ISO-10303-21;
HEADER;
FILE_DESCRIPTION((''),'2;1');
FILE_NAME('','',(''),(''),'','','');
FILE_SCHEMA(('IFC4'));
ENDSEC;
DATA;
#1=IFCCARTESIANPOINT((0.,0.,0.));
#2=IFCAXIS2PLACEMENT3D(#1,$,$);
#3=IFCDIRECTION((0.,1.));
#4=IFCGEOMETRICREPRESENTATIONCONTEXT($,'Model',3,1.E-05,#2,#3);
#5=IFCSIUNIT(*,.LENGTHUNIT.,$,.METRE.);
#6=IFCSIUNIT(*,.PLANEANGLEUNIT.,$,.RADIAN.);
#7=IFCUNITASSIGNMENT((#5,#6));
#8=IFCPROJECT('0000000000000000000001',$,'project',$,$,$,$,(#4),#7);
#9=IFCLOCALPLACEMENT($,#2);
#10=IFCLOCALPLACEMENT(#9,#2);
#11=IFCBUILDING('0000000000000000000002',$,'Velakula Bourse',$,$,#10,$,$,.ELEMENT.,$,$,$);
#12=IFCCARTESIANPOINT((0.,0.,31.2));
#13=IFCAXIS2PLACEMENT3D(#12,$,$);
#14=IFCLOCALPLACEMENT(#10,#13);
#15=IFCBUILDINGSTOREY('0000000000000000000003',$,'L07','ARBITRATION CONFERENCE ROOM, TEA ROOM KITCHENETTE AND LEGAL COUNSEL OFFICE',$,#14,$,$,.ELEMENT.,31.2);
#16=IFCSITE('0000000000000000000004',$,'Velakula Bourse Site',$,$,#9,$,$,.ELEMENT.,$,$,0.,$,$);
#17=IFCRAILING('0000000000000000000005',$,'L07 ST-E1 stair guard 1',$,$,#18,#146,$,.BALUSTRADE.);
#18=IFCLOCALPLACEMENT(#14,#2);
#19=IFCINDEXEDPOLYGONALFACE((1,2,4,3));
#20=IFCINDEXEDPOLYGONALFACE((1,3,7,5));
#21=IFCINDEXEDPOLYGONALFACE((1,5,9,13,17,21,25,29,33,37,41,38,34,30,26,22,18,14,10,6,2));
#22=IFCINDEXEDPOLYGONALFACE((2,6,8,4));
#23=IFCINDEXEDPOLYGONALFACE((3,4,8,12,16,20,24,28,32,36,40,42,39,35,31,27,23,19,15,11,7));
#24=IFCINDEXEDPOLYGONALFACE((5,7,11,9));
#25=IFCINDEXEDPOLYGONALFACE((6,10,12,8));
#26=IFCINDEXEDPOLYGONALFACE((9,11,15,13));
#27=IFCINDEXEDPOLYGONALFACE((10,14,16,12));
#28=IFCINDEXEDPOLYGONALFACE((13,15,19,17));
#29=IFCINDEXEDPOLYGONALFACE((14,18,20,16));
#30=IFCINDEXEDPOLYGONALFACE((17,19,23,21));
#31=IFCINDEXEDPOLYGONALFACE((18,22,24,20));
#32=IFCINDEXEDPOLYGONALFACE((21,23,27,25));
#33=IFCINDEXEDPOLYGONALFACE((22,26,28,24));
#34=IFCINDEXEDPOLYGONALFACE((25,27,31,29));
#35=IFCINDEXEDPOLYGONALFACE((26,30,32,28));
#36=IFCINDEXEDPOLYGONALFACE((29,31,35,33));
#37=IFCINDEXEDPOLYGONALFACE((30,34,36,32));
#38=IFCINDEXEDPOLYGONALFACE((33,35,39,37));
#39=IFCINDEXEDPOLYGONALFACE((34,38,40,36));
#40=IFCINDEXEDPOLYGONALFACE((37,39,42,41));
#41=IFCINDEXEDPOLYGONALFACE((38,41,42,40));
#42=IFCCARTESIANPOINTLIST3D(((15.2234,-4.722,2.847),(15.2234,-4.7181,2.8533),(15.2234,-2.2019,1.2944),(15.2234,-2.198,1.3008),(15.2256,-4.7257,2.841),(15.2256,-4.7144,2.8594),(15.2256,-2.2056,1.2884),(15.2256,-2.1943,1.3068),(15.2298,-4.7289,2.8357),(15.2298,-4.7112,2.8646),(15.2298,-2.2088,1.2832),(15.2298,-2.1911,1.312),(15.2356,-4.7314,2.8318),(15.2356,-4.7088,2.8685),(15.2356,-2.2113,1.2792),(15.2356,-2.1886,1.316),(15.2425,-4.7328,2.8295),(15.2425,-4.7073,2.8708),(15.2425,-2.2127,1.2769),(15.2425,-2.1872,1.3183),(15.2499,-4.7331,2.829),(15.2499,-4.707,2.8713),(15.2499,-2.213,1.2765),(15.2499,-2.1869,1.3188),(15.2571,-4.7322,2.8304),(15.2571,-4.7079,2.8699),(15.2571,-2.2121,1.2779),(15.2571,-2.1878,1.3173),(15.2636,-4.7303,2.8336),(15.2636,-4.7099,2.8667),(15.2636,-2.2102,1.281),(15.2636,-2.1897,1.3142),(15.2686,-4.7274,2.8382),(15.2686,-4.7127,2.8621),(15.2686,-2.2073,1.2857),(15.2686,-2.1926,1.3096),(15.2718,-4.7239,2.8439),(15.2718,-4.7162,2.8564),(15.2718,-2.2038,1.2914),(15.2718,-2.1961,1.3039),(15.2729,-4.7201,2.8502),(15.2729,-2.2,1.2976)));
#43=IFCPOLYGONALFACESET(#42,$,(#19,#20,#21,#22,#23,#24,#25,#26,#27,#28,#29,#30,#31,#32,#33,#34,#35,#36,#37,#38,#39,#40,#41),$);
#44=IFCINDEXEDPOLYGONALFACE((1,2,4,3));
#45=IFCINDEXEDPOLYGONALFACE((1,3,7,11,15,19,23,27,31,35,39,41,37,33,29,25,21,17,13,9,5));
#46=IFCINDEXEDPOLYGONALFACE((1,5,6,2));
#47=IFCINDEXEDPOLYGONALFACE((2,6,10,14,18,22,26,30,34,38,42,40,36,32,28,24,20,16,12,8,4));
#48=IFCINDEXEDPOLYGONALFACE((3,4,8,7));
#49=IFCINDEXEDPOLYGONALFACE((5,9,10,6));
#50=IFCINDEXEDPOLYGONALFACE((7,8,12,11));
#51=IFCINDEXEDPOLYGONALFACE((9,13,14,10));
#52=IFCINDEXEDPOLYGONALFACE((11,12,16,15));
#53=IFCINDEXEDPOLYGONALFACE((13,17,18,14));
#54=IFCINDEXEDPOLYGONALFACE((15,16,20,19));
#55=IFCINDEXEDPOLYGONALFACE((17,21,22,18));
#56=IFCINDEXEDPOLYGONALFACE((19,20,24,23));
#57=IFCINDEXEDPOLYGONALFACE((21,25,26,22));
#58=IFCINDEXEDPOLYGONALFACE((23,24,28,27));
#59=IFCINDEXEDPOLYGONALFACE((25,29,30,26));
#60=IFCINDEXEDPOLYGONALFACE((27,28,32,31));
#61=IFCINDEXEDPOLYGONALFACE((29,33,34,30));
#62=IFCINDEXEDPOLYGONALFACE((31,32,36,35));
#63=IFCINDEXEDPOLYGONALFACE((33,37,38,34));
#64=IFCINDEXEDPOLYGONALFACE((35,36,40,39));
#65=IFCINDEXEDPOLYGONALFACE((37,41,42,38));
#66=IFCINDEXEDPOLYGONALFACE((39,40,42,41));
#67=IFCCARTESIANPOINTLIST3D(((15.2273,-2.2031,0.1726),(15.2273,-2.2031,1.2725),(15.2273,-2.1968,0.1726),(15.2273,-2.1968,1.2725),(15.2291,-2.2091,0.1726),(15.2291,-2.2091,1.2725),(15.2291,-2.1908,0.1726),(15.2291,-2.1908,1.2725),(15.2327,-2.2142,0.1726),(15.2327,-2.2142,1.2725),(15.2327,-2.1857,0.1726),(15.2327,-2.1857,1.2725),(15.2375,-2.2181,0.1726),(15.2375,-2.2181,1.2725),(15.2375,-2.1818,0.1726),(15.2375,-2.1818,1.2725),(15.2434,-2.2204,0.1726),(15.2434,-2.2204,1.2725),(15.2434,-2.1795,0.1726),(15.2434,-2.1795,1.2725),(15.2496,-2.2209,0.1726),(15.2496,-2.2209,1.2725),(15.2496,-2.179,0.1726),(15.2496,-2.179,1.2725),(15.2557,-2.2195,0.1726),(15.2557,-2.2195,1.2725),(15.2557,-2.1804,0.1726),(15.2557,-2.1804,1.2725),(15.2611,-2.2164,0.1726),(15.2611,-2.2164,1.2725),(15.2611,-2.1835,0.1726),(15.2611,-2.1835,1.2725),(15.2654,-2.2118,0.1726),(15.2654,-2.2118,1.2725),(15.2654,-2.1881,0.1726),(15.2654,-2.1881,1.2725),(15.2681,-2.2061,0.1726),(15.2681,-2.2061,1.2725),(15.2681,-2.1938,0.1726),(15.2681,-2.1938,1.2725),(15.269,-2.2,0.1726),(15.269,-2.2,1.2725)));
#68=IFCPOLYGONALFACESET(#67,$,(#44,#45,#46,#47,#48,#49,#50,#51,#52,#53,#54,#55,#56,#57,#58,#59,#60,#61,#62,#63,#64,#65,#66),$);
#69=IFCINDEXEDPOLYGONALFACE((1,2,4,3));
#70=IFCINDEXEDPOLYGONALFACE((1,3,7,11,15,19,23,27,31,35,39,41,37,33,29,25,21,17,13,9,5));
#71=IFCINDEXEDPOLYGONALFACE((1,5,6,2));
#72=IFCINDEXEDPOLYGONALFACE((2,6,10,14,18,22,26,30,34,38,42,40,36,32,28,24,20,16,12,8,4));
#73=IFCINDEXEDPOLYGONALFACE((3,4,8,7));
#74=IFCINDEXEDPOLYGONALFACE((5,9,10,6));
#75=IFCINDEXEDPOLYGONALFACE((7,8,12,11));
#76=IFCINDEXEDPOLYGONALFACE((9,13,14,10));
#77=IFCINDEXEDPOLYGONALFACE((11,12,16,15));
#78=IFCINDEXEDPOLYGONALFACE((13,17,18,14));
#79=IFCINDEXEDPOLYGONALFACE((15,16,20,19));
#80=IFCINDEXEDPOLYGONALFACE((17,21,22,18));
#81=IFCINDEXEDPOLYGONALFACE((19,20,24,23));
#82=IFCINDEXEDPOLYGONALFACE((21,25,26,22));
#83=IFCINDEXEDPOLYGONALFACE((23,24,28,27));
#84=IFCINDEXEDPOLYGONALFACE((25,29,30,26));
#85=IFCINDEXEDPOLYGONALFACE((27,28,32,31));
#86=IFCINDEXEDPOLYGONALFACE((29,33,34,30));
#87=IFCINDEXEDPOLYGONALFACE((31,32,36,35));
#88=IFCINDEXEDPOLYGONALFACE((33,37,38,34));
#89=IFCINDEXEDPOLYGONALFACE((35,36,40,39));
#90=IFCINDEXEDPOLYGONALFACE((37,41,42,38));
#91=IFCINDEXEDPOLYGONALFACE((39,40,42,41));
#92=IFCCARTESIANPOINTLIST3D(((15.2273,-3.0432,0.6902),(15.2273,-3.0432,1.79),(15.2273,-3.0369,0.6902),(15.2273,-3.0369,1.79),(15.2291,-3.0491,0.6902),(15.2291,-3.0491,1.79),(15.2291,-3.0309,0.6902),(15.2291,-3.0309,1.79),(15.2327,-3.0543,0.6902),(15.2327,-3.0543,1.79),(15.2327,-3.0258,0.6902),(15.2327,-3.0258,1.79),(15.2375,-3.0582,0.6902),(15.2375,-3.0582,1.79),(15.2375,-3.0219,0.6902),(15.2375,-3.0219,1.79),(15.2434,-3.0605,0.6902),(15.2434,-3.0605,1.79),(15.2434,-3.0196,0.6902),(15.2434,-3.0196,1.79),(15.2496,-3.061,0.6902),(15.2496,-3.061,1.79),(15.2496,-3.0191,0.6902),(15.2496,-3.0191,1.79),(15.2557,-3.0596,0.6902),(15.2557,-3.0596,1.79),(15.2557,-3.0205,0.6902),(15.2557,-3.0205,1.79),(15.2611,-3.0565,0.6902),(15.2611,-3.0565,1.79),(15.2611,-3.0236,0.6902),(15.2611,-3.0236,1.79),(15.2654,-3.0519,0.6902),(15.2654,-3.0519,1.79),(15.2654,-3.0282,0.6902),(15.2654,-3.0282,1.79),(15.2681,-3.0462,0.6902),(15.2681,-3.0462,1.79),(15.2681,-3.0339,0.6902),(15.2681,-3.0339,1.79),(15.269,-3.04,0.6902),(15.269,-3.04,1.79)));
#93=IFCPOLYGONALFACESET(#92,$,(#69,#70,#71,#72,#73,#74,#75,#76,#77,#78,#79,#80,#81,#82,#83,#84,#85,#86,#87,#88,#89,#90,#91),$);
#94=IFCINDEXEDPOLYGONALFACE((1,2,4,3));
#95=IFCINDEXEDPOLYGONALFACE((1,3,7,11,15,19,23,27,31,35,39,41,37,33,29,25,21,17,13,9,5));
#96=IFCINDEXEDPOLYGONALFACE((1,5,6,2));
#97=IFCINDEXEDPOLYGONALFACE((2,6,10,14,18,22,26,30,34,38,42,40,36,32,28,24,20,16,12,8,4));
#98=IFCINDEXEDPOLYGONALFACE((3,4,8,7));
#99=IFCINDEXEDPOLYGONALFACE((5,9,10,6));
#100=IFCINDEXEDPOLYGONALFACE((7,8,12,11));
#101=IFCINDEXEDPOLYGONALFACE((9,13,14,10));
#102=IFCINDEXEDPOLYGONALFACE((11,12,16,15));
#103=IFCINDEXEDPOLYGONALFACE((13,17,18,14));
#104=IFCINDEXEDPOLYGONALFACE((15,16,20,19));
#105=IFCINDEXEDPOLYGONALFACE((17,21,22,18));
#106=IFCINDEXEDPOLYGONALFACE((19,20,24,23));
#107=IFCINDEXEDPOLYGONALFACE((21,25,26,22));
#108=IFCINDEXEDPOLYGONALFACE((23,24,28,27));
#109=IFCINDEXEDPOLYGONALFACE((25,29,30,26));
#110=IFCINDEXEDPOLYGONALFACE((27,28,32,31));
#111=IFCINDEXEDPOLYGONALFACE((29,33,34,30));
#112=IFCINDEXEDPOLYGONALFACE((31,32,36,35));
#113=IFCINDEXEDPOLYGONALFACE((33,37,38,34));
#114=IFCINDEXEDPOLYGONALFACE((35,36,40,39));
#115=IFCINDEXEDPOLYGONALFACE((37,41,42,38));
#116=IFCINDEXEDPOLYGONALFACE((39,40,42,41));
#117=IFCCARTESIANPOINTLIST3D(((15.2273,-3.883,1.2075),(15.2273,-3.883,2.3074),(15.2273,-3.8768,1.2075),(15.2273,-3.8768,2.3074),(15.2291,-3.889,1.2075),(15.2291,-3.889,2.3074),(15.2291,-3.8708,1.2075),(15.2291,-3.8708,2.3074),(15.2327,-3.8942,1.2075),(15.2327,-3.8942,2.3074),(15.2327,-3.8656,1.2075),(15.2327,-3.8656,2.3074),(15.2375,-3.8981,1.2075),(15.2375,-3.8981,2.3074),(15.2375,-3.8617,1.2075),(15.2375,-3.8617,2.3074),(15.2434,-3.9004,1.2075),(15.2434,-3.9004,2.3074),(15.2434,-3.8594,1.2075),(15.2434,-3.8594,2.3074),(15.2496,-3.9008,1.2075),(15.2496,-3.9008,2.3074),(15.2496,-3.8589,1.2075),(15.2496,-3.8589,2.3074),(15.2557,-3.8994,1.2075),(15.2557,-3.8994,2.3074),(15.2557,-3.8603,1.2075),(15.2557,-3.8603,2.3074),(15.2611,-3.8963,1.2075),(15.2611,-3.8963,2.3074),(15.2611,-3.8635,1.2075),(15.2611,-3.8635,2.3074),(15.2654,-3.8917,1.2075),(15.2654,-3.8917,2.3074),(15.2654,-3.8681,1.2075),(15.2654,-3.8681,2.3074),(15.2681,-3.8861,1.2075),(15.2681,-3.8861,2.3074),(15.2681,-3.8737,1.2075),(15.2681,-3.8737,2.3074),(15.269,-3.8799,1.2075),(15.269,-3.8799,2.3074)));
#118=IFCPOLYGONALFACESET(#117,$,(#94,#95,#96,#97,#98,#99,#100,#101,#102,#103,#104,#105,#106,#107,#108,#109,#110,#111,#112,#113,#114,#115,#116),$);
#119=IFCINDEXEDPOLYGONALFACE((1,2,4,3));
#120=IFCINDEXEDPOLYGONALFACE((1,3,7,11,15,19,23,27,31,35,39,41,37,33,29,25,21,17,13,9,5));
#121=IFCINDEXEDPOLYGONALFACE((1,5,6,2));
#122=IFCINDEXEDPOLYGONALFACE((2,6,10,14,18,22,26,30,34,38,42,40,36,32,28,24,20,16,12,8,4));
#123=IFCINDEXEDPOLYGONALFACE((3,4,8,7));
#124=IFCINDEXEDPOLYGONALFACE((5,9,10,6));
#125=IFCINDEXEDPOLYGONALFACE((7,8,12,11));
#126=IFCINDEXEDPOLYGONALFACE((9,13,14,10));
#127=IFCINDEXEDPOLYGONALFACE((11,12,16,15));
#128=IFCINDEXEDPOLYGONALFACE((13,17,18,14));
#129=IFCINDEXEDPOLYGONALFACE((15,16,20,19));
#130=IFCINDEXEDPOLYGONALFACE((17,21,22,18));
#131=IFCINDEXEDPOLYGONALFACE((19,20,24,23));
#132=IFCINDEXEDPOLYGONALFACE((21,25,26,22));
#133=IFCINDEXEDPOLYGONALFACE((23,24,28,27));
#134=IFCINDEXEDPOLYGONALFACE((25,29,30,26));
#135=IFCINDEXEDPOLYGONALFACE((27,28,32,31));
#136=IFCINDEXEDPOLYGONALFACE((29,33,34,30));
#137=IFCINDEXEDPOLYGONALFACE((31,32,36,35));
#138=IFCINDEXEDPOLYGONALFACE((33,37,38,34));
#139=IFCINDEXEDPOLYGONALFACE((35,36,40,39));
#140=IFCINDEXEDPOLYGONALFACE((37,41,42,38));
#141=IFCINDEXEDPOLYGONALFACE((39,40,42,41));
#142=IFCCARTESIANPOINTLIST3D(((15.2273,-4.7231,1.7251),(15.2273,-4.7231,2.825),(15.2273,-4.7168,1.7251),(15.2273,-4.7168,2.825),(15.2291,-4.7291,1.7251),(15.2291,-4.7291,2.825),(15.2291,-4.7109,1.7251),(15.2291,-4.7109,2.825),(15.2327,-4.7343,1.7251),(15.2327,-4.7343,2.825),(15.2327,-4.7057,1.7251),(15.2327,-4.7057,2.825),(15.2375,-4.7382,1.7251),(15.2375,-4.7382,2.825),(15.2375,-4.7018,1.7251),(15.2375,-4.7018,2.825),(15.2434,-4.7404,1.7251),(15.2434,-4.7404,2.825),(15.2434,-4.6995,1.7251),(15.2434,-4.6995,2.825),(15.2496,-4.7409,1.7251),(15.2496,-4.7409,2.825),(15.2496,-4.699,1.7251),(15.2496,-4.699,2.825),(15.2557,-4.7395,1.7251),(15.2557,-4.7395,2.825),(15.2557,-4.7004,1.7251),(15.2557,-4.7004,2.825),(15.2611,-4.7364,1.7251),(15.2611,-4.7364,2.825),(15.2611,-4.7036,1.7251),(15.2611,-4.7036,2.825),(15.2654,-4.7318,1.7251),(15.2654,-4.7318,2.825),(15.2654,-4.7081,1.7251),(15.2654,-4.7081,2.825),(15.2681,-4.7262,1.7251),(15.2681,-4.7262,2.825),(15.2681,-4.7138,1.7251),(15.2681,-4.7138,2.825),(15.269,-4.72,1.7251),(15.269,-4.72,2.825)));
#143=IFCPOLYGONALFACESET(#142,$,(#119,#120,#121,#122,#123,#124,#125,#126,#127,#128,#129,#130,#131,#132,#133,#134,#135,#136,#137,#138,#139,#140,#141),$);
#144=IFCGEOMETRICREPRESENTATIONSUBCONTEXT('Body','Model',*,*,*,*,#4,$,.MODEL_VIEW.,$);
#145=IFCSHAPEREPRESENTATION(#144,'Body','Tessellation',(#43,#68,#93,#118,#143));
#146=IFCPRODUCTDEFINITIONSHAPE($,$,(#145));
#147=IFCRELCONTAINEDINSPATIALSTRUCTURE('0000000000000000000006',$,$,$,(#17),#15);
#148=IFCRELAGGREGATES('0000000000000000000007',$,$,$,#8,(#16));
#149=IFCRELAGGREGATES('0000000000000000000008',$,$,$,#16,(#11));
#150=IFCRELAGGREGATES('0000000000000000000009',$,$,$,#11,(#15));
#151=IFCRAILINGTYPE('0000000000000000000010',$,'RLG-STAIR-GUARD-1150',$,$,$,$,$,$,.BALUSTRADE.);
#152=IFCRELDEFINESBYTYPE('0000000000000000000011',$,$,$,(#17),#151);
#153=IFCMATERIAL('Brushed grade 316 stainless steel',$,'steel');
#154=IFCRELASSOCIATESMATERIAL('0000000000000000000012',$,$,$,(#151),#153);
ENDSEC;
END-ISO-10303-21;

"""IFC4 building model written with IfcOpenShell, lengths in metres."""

from ifc_helpers import new_model, si_unit, direction, frame, origin, origin_2d, place, context, subcontext, project, spatial, circle, extrude, material, type_object, element, save


model = new_model("IFC4")

# Units and contexts
model_context = context("Model", 3, precision=1e-05, world=origin(), true_north=direction((0.0, 1.0)))
body_context = subcontext(model_context, "Body", "Model", "MODEL_VIEW")
ifc_project = project(units=[si_unit("LENGTHUNIT", "METRE"), si_unit("PLANEANGLEUNIT", "RADIAN")], contexts=[model_context])

# Site, building, storey
site_placement = place(None, origin())
site = spatial("IfcSite", under=ifc_project, at=site_placement, Name="Velakula Bourse Site", CompositionType="ELEMENT", RefElevation=0.0)
building_placement = place(site_placement, origin())
building = spatial("IfcBuilding", under=site, at=building_placement, Name="Velakula Bourse", CompositionType="ELEMENT")
storey_placement = place(building_placement, frame((0.0, 0.0, 31.2)))
storey = spatial("IfcBuildingStorey", under=building, at=storey_placement, Name="L07", Description="ARBITRATION CONFERENCE ROOM, TEA ROOM KITCHENETTE AND LEGAL COUNSEL OFFICE", CompositionType="ELEMENT", Elevation=31.2)

# Shared definitions
ifc_material_1 = material(Name="Brushed grade 316 stainless steel", Category="steel")

# Railing
railing_type_1 = type_object("IfcRailingType", Name="RLG-STAIR-GUARD-1150", PredefinedType="BALUSTRADE", material=ifc_material_1)
railing_1_placement = place(storey_placement, frame((15.248, -2.2, 0.1726)))
element("IfcRailing", 1, at=railing_1_placement, inside=storey, type_object=railing_type_1, Name="L07 ST-E1 stair guard 1", PredefinedType="BALUSTRADE", context=body_context, shape_type="SweptSolid", body=[
    extrude(circle(Radius=0.0249, at=origin_2d()), frame((0.0, 0.0, 1.125), z_axis=(0.0, -0.8514, 0.524516), x_axis=(1.0, 0.0, 0.0)), (0.0, 0.0, 1.0), 2.96),
    extrude(circle(Radius=0.021, at=origin_2d()), origin(), (0.0, 0.0, 1.0), 1.0999),
    extrude(circle(Radius=0.021, at=origin_2d()), frame((0.0, -0.8401, 0.5176)), (0.0, 0.0, 1.0), 1.0999),
    extrude(circle(Radius=0.021, at=origin_2d()), frame((0.0, -1.6799, 1.0349)), (0.0, 0.0, 1.0), 1.0999),
    extrude(circle(Radius=0.021, at=origin_2d()), frame((0.0, -2.52, 1.5525)), (0.0, 0.0, 1.0), 1.0999),
])

save(model, "model.ifc")
